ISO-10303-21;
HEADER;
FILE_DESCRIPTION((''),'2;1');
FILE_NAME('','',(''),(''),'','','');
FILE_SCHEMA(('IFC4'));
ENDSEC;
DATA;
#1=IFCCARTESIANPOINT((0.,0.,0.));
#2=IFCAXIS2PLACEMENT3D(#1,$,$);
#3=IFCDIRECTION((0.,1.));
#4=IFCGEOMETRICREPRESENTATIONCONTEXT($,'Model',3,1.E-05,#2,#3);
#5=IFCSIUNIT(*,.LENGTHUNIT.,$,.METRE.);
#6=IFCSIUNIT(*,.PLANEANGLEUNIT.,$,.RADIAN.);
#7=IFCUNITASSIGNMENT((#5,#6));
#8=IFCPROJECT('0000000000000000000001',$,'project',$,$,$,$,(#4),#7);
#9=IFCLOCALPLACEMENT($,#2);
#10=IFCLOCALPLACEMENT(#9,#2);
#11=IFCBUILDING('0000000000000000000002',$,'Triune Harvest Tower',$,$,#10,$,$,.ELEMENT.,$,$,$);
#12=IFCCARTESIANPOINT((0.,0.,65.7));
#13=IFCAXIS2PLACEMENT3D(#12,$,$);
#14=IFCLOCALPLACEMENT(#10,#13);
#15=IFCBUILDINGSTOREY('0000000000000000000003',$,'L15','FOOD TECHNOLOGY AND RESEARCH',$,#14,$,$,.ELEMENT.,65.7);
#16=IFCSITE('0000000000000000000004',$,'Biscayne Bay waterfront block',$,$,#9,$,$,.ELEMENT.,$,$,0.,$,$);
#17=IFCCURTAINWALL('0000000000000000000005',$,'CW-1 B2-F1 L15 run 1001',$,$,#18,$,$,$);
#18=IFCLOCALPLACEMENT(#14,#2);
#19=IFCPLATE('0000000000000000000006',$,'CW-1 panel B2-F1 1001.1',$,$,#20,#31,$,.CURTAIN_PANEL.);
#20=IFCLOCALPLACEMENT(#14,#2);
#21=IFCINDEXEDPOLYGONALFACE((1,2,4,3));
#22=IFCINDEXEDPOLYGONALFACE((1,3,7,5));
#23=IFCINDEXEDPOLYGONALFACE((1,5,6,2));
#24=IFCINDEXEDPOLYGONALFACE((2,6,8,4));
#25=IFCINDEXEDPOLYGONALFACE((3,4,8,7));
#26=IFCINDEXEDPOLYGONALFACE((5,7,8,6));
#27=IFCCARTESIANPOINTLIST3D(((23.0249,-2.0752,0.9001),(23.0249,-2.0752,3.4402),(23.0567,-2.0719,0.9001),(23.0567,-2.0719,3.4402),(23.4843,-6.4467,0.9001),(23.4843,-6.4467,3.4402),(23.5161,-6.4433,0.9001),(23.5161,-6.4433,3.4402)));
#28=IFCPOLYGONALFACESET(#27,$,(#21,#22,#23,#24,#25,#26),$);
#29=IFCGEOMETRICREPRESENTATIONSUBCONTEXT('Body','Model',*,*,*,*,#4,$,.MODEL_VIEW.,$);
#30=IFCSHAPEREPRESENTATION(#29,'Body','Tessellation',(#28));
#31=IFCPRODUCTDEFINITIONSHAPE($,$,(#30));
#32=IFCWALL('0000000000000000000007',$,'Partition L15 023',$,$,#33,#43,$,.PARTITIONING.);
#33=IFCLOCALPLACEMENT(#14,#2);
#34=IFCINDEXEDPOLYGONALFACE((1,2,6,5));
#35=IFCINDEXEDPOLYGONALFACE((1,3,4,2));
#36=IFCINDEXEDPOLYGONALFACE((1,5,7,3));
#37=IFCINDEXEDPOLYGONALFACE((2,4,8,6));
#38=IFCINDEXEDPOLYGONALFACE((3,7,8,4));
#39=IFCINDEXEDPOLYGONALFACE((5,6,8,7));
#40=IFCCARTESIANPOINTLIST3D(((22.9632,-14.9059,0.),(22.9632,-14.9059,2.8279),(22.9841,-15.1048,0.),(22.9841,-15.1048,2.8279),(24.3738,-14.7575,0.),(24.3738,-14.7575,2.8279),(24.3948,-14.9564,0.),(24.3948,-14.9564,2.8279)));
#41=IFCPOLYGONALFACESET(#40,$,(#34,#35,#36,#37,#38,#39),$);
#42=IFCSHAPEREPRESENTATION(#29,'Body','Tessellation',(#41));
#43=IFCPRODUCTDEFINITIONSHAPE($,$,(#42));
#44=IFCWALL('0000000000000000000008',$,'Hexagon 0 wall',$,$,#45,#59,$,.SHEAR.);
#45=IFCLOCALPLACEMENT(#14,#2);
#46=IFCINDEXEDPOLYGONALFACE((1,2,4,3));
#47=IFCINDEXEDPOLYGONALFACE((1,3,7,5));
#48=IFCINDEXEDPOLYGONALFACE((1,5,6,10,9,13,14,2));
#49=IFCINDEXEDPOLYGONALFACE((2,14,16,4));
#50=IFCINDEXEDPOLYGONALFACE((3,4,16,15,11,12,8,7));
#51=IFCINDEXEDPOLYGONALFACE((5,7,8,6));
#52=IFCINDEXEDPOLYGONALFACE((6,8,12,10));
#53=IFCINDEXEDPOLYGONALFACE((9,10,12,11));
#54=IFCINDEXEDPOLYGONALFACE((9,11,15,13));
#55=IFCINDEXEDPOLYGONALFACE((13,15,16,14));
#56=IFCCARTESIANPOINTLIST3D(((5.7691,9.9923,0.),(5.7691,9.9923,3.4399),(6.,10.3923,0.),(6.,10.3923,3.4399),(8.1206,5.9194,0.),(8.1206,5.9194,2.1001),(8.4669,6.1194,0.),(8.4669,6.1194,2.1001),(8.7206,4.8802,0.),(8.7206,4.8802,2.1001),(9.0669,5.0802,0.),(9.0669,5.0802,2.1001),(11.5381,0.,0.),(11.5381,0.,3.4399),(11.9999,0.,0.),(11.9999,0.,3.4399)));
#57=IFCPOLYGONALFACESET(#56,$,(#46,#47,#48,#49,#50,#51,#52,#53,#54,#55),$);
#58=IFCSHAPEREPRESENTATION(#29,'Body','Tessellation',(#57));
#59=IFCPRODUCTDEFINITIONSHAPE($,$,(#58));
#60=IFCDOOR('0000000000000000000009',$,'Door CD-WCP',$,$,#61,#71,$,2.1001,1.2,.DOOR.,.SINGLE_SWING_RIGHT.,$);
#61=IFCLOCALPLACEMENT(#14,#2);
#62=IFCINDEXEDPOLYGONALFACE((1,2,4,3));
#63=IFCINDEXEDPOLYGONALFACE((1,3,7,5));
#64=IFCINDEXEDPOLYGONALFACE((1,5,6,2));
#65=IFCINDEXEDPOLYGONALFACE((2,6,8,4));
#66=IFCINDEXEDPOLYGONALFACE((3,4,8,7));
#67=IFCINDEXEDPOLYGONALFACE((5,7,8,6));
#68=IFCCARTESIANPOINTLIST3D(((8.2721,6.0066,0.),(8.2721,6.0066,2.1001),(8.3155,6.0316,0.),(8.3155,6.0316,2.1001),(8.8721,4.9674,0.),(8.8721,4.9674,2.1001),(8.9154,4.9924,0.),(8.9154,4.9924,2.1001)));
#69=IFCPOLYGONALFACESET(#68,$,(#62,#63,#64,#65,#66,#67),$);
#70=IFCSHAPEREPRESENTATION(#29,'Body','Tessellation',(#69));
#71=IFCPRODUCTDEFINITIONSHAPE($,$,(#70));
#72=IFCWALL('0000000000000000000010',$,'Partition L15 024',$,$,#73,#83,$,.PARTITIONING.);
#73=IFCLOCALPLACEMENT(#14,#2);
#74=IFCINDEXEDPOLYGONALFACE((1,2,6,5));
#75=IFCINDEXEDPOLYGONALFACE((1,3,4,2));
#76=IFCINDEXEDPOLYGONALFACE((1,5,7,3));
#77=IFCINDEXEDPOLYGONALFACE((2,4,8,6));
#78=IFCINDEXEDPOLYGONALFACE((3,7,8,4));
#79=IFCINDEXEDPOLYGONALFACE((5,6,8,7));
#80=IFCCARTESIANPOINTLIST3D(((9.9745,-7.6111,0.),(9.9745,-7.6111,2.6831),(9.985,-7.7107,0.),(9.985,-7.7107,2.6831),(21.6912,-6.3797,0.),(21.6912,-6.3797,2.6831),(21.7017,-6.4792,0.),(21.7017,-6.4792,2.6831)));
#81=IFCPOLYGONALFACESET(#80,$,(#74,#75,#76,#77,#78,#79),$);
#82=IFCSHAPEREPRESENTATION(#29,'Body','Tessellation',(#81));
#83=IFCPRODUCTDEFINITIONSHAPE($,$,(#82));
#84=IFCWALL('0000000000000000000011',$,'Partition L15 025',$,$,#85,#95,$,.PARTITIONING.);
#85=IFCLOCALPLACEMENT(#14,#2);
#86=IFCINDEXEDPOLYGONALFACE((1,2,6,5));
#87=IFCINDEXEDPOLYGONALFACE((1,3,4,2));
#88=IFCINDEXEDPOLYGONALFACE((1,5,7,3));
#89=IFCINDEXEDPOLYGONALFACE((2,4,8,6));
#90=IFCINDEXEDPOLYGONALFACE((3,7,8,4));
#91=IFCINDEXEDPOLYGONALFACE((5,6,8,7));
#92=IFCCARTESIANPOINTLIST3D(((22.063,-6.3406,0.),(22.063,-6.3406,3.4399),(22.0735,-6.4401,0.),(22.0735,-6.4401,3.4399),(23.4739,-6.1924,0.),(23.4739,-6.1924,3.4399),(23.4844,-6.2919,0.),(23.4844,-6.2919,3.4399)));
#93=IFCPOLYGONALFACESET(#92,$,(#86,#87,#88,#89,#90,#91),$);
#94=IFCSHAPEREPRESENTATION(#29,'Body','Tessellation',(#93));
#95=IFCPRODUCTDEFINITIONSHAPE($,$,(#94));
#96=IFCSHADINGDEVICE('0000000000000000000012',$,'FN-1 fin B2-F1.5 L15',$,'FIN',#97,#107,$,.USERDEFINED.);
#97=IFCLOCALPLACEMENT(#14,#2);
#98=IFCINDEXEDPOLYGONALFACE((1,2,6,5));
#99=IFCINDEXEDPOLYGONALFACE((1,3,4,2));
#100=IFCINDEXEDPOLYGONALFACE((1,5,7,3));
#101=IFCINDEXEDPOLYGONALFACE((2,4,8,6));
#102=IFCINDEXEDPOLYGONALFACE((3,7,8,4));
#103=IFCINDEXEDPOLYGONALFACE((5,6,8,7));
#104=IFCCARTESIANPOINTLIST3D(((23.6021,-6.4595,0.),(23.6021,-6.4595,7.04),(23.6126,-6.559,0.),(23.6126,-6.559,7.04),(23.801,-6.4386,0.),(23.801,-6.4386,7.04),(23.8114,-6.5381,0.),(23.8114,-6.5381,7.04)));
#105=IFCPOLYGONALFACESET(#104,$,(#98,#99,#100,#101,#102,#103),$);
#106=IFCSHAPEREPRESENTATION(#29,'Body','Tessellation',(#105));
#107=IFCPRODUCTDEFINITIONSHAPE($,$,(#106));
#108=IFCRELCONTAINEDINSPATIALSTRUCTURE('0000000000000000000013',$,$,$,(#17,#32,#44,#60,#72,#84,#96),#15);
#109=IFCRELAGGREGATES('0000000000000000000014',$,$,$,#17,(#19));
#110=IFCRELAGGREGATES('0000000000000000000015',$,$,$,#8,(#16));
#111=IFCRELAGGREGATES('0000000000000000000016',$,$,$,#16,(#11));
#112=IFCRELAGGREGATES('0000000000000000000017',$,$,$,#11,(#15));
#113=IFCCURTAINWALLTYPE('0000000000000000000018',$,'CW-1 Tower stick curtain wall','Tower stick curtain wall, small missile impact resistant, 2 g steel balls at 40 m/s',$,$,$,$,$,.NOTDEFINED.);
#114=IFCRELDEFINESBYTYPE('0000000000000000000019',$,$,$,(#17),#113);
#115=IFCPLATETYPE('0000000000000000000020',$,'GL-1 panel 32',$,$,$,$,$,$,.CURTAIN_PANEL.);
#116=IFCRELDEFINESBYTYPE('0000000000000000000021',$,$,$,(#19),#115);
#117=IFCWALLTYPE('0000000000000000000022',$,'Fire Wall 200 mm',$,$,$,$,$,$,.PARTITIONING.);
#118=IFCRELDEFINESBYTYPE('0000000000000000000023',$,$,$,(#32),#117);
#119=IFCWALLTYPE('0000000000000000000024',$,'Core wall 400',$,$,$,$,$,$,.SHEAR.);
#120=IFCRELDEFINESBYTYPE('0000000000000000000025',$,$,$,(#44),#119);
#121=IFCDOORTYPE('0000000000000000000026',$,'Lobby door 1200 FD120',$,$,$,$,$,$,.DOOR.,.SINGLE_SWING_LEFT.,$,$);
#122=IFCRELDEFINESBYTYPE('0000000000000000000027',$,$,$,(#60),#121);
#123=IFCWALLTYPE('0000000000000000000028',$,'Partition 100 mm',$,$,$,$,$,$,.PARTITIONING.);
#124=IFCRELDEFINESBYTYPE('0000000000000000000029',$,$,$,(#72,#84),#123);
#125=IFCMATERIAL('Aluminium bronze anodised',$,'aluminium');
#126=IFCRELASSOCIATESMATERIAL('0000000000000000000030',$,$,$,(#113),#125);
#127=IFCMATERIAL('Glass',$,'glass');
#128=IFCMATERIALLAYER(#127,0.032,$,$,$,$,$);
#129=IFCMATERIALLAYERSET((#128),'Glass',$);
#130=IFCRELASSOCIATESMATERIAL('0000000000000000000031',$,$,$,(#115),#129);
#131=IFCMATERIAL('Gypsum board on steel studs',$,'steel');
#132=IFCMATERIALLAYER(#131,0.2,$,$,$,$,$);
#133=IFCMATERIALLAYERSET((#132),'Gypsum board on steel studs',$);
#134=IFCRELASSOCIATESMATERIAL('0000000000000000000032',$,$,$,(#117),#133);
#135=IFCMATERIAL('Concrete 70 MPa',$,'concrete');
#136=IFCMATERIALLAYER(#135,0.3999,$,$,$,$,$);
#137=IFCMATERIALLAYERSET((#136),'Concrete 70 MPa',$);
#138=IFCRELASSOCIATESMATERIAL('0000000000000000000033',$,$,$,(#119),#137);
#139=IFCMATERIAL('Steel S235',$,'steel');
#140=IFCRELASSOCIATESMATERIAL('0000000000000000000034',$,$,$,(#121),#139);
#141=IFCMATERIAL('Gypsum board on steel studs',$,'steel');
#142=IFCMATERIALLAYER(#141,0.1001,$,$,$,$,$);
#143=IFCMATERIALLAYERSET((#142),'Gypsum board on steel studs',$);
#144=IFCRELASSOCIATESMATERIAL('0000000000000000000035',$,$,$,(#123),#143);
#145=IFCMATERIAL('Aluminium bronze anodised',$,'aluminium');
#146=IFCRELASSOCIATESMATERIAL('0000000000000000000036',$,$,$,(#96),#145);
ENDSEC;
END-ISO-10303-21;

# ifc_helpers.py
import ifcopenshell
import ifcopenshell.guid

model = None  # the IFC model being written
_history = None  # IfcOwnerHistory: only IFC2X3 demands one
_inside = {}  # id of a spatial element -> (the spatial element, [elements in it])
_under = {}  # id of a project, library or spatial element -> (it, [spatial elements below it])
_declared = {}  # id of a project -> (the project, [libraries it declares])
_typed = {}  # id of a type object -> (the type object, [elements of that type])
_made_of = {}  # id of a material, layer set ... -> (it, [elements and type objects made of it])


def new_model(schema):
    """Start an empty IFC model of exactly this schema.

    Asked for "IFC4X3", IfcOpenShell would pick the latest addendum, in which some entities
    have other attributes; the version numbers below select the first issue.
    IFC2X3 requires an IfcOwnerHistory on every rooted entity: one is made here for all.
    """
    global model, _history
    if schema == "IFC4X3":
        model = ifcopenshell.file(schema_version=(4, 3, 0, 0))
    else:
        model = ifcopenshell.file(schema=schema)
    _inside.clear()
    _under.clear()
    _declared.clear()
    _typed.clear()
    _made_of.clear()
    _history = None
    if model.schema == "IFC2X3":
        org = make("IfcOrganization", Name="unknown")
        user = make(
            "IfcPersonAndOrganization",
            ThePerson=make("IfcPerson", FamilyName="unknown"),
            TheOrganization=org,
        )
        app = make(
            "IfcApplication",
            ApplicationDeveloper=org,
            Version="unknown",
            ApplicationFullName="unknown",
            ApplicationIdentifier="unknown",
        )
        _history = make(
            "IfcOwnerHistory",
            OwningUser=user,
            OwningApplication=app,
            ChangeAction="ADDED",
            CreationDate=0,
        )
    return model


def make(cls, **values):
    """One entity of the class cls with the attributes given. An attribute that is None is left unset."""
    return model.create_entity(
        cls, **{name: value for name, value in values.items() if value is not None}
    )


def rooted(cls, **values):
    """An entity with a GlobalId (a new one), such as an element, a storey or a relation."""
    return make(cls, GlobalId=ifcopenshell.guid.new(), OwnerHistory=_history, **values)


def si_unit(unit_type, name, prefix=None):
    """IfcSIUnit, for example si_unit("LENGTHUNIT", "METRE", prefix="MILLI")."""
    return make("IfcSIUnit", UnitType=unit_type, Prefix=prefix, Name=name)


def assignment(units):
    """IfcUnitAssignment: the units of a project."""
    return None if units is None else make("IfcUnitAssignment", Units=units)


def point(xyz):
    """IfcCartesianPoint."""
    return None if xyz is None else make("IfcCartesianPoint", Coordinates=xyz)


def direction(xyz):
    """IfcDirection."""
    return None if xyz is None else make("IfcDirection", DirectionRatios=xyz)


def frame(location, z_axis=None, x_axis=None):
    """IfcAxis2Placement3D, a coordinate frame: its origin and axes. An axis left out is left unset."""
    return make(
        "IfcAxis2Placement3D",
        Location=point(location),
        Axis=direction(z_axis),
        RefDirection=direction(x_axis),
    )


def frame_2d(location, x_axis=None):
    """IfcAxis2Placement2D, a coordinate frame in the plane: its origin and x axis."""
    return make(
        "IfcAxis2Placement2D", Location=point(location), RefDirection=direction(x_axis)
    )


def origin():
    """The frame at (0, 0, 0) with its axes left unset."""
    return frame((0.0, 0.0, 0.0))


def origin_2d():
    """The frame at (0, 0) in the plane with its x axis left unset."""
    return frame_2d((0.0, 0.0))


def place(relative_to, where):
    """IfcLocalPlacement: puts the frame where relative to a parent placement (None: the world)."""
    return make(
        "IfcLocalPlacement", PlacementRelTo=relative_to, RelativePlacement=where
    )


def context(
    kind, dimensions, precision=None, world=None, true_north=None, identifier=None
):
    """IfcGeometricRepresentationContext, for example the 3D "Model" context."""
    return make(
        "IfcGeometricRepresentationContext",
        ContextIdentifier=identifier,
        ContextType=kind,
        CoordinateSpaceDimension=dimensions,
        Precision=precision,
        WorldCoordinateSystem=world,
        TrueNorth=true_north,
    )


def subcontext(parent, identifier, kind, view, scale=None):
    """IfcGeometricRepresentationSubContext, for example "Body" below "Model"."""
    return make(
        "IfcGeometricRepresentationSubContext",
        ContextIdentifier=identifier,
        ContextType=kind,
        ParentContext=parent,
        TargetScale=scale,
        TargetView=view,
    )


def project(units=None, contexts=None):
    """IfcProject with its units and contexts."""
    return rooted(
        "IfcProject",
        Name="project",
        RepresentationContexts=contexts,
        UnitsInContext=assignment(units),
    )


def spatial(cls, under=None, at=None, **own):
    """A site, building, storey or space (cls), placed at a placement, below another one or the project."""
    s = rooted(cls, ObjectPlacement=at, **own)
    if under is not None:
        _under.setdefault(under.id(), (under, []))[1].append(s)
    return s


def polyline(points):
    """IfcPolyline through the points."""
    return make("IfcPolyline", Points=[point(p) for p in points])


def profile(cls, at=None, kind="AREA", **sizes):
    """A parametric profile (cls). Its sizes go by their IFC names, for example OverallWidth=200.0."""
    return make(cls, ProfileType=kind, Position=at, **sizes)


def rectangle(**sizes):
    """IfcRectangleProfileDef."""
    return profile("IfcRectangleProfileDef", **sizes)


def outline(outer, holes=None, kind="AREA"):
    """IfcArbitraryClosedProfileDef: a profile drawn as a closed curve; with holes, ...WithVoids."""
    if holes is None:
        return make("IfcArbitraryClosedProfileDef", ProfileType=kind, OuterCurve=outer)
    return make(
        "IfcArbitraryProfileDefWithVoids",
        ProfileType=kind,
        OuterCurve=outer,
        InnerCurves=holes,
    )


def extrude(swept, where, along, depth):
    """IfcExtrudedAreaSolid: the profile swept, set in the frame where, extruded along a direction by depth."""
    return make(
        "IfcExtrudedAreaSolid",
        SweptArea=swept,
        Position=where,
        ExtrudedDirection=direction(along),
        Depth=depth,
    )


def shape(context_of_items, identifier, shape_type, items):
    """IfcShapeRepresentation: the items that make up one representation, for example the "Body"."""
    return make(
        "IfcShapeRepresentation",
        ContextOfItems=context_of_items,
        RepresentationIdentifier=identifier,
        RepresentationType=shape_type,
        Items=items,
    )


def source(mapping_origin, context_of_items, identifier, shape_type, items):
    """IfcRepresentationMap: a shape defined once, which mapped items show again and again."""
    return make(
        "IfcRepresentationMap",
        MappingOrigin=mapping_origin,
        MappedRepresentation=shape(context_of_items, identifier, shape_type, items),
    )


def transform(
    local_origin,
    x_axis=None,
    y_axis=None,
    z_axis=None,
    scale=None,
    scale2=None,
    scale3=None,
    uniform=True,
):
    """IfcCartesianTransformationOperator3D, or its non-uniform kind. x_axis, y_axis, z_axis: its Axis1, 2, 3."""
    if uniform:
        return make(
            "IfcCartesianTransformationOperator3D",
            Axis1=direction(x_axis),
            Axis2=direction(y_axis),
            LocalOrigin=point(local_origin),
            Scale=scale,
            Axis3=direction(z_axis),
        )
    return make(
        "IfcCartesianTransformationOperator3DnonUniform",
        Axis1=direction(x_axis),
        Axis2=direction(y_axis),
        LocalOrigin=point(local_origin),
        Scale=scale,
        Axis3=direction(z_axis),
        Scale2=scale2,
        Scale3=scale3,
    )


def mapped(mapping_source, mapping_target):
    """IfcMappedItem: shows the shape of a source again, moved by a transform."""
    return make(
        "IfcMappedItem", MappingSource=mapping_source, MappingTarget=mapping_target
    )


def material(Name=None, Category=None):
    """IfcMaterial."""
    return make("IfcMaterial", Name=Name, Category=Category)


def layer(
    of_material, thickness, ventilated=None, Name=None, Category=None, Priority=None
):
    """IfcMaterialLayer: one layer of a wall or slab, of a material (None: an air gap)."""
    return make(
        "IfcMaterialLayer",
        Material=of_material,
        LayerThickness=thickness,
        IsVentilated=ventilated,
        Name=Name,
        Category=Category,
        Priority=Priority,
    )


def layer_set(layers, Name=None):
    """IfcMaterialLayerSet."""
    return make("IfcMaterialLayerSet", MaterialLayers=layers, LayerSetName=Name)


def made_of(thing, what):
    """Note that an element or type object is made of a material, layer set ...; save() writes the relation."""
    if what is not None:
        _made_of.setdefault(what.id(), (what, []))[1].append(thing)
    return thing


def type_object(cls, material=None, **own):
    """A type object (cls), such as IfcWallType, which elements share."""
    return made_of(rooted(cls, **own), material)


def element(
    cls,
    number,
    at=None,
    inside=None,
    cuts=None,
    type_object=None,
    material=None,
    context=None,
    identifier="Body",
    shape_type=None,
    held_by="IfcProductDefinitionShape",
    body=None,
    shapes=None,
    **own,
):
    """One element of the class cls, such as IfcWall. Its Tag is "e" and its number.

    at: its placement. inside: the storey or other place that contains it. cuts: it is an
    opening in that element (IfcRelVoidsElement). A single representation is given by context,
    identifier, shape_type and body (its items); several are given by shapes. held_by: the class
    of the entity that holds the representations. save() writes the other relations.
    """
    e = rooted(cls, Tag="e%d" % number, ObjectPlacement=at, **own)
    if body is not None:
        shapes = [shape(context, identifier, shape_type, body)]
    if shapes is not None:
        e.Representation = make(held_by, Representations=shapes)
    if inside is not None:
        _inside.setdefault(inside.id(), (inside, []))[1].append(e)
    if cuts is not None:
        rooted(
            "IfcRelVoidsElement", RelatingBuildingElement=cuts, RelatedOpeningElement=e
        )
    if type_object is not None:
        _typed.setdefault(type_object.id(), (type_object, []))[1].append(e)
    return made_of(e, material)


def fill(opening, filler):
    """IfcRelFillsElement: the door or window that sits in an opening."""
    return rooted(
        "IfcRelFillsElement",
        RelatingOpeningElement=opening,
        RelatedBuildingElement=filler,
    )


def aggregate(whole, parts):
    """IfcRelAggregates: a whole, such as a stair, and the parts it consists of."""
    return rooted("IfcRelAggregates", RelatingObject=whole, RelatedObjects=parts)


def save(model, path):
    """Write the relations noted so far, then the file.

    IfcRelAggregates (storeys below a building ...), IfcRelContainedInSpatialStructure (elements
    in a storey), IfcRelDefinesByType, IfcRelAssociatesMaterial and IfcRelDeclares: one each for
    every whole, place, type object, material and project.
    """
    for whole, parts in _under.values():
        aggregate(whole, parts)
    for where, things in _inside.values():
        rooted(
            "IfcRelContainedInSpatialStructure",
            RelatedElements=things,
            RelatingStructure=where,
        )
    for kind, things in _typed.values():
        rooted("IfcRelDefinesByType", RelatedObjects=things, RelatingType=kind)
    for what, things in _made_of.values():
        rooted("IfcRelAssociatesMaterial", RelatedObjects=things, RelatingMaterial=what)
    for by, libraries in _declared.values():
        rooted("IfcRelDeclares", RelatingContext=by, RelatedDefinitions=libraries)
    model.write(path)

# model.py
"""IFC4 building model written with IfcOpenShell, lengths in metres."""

from ifc_helpers import new_model, si_unit, direction, frame, frame_2d, origin, origin_2d, place, context, subcontext, project, spatial, polyline, rectangle, outline, extrude, source, transform, mapped, material, layer, layer_set, type_object, element, fill, aggregate, save


model = new_model("IFC4")

# Units and contexts
model_context = context("Model", 3, precision=1e-05, world=origin(), true_north=direction((0.0, 1.0)))
body_context = subcontext(model_context, "Body", "Model", "MODEL_VIEW")
ifc_project = project(units=[si_unit("LENGTHUNIT", "METRE"), si_unit("PLANEANGLEUNIT", "RADIAN")], contexts=[model_context])

# Site, building, storey
site_placement = place(None, origin())
site = spatial("IfcSite", under=ifc_project, at=site_placement, Name="Biscayne Bay waterfront block", CompositionType="ELEMENT", RefElevation=0.0)
building_placement = place(site_placement, origin())
building = spatial("IfcBuilding", under=site, at=building_placement, Name="Triune Harvest Tower", CompositionType="ELEMENT")
storey_placement = place(building_placement, frame((0.0, 0.0, 65.7)))
storey = spatial("IfcBuildingStorey", under=building, at=storey_placement, Name="L15", Description="FOOD TECHNOLOGY AND RESEARCH", CompositionType="ELEMENT", Elevation=65.7)

# Curtain wall
ifc_material_1 = material(Name="Aluminium bronze anodised", Category="aluminium")
curtain_wall_type_1 = type_object("IfcCurtainWallType", Name="CW-1 Tower stick curtain wall", Description="Tower stick curtain wall, small missile impact resistant, 2 g steel balls at 40 m/s", PredefinedType="NOTDEFINED", material=ifc_material_1)
curtain_wall_1_placement = place(storey_placement, origin())
curtain_wall_1 = element("IfcCurtainWall", 1, at=curtain_wall_1_placement, inside=storey, type_object=curtain_wall_type_1, Name="CW-1 B2-F1 L15 run 1001")

# Plate
ifc_material_2 = material(Name="Glass", Category="glass")
ifc_layer_1 = layer(ifc_material_2, 0.032)
ifc_layer_set_1 = layer_set([ifc_layer_1], Name="Glass")
plate_type_1 = type_object("IfcPlateType", Name="GL-1 panel 32", PredefinedType="CURTAIN_PANEL", material=ifc_layer_set_1)
shared_shape_1 = source(origin(), body_context, "Body", "SweptSolid", [
    extrude(rectangle(XDim=4.3955, YDim=0.032, at=origin_2d()), origin(), (0.0, 0.0, 1.0), 2.54),
])
plate_1_placement = place(storey_placement, frame((23.2705, -4.2593, 0.9001), z_axis=(0.0, 0.0, 1.0), x_axis=(-0.104528, 0.994522, 0.0)))
plate_1 = element("IfcPlate", 2, at=plate_1_placement, type_object=plate_type_1, Name="CW-1 panel B2-F1 1001.1", PredefinedType="CURTAIN_PANEL", context=body_context, shape_type="MappedRepresentation", body=[
    mapped(shared_shape_1, transform((0.0, 0.0, 0.0), scale=1.0)),
])
aggregate(curtain_wall_1, [plate_1])

# Wall
ifc_material_3 = material(Name="Gypsum board on steel studs", Category="steel")
ifc_layer_2 = layer(ifc_material_3, 0.2)
ifc_layer_set_2 = layer_set([ifc_layer_2], Name="Gypsum board on steel studs")
wall_type_1 = type_object("IfcWallType", Name="Fire Wall 200 mm", PredefinedType="PARTITIONING", material=ifc_layer_set_2)
wall_1_placement = place(storey_placement, frame((22.9736, -15.0054, 0.0), z_axis=(0.0, 0.0, 1.0), x_axis=(0.994509, 0.104649, 0.0)))
element("IfcWall", 3, at=wall_1_placement, inside=storey, type_object=wall_type_1, Name="Partition L15 023", PredefinedType="PARTITIONING", context=body_context, shape_type="SweptSolid", body=[
    extrude(rectangle(XDim=1.4185, YDim=0.2, at=frame_2d((0.7092, 0.0))), origin(), (0.0, 0.0, 1.0), 2.8279),
])

# Wall, opening, door
ifc_material_4 = material(Name="Concrete 70 MPa", Category="concrete")
ifc_layer_3 = layer(ifc_material_4, 0.3999)
ifc_layer_set_3 = layer_set([ifc_layer_3], Name="Concrete 70 MPa")
wall_type_2 = type_object("IfcWallType", Name="Core wall 400", PredefinedType="SHEAR", material=ifc_layer_set_3)
shared_shape_2 = source(origin(), body_context, "Body", "SweptSolid", [
    extrude(outline(polyline([(-0.1155, -0.2), (11.8845, -0.2), (11.6536, 0.2), (0.1155, 0.2), (-0.1155, -0.2)])), origin(), (0.0, 0.0, 1.0), 3.4399),
])
wall_2_placement = place(storey_placement, frame((11.769, 0.0, 0.0), z_axis=(0.0, 0.0, 1.0), x_axis=(-0.499997, 0.866027, 0.0)))
wall_2 = element("IfcWall", 4, at=wall_2_placement, inside=storey, type_object=wall_type_2, Name="Hexagon 0 wall", PredefinedType="SHEAR", context=body_context, shape_type="MappedRepresentation", body=[
    mapped(shared_shape_2, transform((0.0, 0.0, 0.0), scale=1.0)),
])
opening_placement = place(wall_2_placement, frame((5.7505, 0.0, 0.0)))
opening = element("IfcOpeningElement", 5, at=opening_placement, cuts=wall_2, PredefinedType="OPENING", context=body_context, shape_type="SweptSolid", body=[
    extrude(rectangle(XDim=1.2, YDim=2.1001, at=frame_2d((0.6001, 1.05))), frame((0.0, 0.21, 0.0), z_axis=(0.0, -1.0, 0.0), x_axis=(1.0, 0.0, 0.0)), (0.0, 0.0, 1.0), 0.4199),
])
ifc_material_5 = material(Name="Steel S235", Category="steel")
door_type = type_object("IfcDoorType", Name="Lobby door 1200 FD120", OperationType="SINGLE_SWING_LEFT", PredefinedType="DOOR", material=ifc_material_5)
door_placement = place(opening_placement, frame((1.2, 0.0, 0.0), z_axis=(0.0, 0.0, 1.0), x_axis=(-1.0, 0.0, 0.0)))
door = element("IfcDoor", 6, at=door_placement, inside=storey, type_object=door_type, Name="Door CD-WCP", OperationType="SINGLE_SWING_RIGHT", OverallHeight=2.1001, OverallWidth=1.2, PredefinedType="DOOR", context=body_context, shape_type="SweptSolid", body=[
    extrude(rectangle(XDim=1.2, YDim=2.1001, at=frame_2d((0.6001, 1.05))), frame((0.0, 0.0249, 0.0), z_axis=(0.0, -1.0, 0.0), x_axis=(1.0, 0.0, 0.0)), (0.0, 0.0, 1.0), 0.05),
])
fill(opening, door)

# Walls
ifc_material_6 = material(Name="Gypsum board on steel studs", Category="steel")
ifc_layer_4 = layer(ifc_material_6, 0.1001)
ifc_layer_set_4 = layer_set([ifc_layer_4], Name="Gypsum board on steel studs")
wall_type_3 = type_object("IfcWallType", Name="Partition 100 mm", PredefinedType="PARTITIONING", material=ifc_layer_set_4)
shared_shape_3 = source(origin(), body_context, "Body", "SweptSolid", [
    extrude(rectangle(XDim=11.7812, YDim=0.1001, at=frame_2d((5.8906, 0.0))), origin(), (0.0, 0.0, 1.0), 2.6831),
])
wall_3_placement = place(storey_placement, frame((9.9797, -7.6609, 0.0), z_axis=(0.0, 0.0, 1.0), x_axis=(0.994522, 0.104525, 0.0)))
element("IfcWall", 7, at=wall_3_placement, inside=storey, type_object=wall_type_3, Name="Partition L15 024", PredefinedType="PARTITIONING", context=body_context, shape_type="MappedRepresentation", body=[
    mapped(shared_shape_3, transform((0.0, 0.0, 0.0), scale=1.0)),
])
shared_shape_4 = source(origin(), body_context, "Body", "SweptSolid", [
    extrude(rectangle(XDim=1.4187, YDim=0.1001, at=frame_2d((0.7095, 0.0))), origin(), (0.0, 0.0, 1.0), 3.4399),
])
wall_4_placement = place(storey_placement, frame((22.0681, -6.3904, 0.0), z_axis=(0.0, 0.0, 1.0), x_axis=(0.994529, 0.104461, 0.0)))
element("IfcWall", 8, at=wall_4_placement, inside=storey, type_object=wall_type_3, Name="Partition L15 025", PredefinedType="PARTITIONING", context=body_context, shape_type="MappedRepresentation", body=[
    mapped(shared_shape_4, transform((0.0, 0.0, 0.0), scale=1.0)),
])

# Shading device
ifc_material_7 = material(Name="Aluminium bronze anodised", Category="aluminium")
shared_shape_5 = source(origin(), body_context, "Body", "SweptSolid", [
    extrude(rectangle(XDim=0.1001, YDim=0.2, at=origin_2d()), origin(), (0.0, 0.0, 1.0), 7.04),
])
shading_device_placement = place(storey_placement, frame((23.7068, -6.4988, 0.0), z_axis=(0.0, 0.0, 1.0), x_axis=(-0.104528, 0.994522, 0.0)))
element("IfcShadingDevice", 9, at=shading_device_placement, inside=storey, material=ifc_material_7, Name="FN-1 fin B2-F1.5 L15", ObjectType="FIN", PredefinedType="USERDEFINED", context=body_context, shape_type="MappedRepresentation", body=[
    mapped(shared_shape_5, transform((0.0, 0.0, 0.0), scale=1.0)),
])

save(model, "model.ifc")
